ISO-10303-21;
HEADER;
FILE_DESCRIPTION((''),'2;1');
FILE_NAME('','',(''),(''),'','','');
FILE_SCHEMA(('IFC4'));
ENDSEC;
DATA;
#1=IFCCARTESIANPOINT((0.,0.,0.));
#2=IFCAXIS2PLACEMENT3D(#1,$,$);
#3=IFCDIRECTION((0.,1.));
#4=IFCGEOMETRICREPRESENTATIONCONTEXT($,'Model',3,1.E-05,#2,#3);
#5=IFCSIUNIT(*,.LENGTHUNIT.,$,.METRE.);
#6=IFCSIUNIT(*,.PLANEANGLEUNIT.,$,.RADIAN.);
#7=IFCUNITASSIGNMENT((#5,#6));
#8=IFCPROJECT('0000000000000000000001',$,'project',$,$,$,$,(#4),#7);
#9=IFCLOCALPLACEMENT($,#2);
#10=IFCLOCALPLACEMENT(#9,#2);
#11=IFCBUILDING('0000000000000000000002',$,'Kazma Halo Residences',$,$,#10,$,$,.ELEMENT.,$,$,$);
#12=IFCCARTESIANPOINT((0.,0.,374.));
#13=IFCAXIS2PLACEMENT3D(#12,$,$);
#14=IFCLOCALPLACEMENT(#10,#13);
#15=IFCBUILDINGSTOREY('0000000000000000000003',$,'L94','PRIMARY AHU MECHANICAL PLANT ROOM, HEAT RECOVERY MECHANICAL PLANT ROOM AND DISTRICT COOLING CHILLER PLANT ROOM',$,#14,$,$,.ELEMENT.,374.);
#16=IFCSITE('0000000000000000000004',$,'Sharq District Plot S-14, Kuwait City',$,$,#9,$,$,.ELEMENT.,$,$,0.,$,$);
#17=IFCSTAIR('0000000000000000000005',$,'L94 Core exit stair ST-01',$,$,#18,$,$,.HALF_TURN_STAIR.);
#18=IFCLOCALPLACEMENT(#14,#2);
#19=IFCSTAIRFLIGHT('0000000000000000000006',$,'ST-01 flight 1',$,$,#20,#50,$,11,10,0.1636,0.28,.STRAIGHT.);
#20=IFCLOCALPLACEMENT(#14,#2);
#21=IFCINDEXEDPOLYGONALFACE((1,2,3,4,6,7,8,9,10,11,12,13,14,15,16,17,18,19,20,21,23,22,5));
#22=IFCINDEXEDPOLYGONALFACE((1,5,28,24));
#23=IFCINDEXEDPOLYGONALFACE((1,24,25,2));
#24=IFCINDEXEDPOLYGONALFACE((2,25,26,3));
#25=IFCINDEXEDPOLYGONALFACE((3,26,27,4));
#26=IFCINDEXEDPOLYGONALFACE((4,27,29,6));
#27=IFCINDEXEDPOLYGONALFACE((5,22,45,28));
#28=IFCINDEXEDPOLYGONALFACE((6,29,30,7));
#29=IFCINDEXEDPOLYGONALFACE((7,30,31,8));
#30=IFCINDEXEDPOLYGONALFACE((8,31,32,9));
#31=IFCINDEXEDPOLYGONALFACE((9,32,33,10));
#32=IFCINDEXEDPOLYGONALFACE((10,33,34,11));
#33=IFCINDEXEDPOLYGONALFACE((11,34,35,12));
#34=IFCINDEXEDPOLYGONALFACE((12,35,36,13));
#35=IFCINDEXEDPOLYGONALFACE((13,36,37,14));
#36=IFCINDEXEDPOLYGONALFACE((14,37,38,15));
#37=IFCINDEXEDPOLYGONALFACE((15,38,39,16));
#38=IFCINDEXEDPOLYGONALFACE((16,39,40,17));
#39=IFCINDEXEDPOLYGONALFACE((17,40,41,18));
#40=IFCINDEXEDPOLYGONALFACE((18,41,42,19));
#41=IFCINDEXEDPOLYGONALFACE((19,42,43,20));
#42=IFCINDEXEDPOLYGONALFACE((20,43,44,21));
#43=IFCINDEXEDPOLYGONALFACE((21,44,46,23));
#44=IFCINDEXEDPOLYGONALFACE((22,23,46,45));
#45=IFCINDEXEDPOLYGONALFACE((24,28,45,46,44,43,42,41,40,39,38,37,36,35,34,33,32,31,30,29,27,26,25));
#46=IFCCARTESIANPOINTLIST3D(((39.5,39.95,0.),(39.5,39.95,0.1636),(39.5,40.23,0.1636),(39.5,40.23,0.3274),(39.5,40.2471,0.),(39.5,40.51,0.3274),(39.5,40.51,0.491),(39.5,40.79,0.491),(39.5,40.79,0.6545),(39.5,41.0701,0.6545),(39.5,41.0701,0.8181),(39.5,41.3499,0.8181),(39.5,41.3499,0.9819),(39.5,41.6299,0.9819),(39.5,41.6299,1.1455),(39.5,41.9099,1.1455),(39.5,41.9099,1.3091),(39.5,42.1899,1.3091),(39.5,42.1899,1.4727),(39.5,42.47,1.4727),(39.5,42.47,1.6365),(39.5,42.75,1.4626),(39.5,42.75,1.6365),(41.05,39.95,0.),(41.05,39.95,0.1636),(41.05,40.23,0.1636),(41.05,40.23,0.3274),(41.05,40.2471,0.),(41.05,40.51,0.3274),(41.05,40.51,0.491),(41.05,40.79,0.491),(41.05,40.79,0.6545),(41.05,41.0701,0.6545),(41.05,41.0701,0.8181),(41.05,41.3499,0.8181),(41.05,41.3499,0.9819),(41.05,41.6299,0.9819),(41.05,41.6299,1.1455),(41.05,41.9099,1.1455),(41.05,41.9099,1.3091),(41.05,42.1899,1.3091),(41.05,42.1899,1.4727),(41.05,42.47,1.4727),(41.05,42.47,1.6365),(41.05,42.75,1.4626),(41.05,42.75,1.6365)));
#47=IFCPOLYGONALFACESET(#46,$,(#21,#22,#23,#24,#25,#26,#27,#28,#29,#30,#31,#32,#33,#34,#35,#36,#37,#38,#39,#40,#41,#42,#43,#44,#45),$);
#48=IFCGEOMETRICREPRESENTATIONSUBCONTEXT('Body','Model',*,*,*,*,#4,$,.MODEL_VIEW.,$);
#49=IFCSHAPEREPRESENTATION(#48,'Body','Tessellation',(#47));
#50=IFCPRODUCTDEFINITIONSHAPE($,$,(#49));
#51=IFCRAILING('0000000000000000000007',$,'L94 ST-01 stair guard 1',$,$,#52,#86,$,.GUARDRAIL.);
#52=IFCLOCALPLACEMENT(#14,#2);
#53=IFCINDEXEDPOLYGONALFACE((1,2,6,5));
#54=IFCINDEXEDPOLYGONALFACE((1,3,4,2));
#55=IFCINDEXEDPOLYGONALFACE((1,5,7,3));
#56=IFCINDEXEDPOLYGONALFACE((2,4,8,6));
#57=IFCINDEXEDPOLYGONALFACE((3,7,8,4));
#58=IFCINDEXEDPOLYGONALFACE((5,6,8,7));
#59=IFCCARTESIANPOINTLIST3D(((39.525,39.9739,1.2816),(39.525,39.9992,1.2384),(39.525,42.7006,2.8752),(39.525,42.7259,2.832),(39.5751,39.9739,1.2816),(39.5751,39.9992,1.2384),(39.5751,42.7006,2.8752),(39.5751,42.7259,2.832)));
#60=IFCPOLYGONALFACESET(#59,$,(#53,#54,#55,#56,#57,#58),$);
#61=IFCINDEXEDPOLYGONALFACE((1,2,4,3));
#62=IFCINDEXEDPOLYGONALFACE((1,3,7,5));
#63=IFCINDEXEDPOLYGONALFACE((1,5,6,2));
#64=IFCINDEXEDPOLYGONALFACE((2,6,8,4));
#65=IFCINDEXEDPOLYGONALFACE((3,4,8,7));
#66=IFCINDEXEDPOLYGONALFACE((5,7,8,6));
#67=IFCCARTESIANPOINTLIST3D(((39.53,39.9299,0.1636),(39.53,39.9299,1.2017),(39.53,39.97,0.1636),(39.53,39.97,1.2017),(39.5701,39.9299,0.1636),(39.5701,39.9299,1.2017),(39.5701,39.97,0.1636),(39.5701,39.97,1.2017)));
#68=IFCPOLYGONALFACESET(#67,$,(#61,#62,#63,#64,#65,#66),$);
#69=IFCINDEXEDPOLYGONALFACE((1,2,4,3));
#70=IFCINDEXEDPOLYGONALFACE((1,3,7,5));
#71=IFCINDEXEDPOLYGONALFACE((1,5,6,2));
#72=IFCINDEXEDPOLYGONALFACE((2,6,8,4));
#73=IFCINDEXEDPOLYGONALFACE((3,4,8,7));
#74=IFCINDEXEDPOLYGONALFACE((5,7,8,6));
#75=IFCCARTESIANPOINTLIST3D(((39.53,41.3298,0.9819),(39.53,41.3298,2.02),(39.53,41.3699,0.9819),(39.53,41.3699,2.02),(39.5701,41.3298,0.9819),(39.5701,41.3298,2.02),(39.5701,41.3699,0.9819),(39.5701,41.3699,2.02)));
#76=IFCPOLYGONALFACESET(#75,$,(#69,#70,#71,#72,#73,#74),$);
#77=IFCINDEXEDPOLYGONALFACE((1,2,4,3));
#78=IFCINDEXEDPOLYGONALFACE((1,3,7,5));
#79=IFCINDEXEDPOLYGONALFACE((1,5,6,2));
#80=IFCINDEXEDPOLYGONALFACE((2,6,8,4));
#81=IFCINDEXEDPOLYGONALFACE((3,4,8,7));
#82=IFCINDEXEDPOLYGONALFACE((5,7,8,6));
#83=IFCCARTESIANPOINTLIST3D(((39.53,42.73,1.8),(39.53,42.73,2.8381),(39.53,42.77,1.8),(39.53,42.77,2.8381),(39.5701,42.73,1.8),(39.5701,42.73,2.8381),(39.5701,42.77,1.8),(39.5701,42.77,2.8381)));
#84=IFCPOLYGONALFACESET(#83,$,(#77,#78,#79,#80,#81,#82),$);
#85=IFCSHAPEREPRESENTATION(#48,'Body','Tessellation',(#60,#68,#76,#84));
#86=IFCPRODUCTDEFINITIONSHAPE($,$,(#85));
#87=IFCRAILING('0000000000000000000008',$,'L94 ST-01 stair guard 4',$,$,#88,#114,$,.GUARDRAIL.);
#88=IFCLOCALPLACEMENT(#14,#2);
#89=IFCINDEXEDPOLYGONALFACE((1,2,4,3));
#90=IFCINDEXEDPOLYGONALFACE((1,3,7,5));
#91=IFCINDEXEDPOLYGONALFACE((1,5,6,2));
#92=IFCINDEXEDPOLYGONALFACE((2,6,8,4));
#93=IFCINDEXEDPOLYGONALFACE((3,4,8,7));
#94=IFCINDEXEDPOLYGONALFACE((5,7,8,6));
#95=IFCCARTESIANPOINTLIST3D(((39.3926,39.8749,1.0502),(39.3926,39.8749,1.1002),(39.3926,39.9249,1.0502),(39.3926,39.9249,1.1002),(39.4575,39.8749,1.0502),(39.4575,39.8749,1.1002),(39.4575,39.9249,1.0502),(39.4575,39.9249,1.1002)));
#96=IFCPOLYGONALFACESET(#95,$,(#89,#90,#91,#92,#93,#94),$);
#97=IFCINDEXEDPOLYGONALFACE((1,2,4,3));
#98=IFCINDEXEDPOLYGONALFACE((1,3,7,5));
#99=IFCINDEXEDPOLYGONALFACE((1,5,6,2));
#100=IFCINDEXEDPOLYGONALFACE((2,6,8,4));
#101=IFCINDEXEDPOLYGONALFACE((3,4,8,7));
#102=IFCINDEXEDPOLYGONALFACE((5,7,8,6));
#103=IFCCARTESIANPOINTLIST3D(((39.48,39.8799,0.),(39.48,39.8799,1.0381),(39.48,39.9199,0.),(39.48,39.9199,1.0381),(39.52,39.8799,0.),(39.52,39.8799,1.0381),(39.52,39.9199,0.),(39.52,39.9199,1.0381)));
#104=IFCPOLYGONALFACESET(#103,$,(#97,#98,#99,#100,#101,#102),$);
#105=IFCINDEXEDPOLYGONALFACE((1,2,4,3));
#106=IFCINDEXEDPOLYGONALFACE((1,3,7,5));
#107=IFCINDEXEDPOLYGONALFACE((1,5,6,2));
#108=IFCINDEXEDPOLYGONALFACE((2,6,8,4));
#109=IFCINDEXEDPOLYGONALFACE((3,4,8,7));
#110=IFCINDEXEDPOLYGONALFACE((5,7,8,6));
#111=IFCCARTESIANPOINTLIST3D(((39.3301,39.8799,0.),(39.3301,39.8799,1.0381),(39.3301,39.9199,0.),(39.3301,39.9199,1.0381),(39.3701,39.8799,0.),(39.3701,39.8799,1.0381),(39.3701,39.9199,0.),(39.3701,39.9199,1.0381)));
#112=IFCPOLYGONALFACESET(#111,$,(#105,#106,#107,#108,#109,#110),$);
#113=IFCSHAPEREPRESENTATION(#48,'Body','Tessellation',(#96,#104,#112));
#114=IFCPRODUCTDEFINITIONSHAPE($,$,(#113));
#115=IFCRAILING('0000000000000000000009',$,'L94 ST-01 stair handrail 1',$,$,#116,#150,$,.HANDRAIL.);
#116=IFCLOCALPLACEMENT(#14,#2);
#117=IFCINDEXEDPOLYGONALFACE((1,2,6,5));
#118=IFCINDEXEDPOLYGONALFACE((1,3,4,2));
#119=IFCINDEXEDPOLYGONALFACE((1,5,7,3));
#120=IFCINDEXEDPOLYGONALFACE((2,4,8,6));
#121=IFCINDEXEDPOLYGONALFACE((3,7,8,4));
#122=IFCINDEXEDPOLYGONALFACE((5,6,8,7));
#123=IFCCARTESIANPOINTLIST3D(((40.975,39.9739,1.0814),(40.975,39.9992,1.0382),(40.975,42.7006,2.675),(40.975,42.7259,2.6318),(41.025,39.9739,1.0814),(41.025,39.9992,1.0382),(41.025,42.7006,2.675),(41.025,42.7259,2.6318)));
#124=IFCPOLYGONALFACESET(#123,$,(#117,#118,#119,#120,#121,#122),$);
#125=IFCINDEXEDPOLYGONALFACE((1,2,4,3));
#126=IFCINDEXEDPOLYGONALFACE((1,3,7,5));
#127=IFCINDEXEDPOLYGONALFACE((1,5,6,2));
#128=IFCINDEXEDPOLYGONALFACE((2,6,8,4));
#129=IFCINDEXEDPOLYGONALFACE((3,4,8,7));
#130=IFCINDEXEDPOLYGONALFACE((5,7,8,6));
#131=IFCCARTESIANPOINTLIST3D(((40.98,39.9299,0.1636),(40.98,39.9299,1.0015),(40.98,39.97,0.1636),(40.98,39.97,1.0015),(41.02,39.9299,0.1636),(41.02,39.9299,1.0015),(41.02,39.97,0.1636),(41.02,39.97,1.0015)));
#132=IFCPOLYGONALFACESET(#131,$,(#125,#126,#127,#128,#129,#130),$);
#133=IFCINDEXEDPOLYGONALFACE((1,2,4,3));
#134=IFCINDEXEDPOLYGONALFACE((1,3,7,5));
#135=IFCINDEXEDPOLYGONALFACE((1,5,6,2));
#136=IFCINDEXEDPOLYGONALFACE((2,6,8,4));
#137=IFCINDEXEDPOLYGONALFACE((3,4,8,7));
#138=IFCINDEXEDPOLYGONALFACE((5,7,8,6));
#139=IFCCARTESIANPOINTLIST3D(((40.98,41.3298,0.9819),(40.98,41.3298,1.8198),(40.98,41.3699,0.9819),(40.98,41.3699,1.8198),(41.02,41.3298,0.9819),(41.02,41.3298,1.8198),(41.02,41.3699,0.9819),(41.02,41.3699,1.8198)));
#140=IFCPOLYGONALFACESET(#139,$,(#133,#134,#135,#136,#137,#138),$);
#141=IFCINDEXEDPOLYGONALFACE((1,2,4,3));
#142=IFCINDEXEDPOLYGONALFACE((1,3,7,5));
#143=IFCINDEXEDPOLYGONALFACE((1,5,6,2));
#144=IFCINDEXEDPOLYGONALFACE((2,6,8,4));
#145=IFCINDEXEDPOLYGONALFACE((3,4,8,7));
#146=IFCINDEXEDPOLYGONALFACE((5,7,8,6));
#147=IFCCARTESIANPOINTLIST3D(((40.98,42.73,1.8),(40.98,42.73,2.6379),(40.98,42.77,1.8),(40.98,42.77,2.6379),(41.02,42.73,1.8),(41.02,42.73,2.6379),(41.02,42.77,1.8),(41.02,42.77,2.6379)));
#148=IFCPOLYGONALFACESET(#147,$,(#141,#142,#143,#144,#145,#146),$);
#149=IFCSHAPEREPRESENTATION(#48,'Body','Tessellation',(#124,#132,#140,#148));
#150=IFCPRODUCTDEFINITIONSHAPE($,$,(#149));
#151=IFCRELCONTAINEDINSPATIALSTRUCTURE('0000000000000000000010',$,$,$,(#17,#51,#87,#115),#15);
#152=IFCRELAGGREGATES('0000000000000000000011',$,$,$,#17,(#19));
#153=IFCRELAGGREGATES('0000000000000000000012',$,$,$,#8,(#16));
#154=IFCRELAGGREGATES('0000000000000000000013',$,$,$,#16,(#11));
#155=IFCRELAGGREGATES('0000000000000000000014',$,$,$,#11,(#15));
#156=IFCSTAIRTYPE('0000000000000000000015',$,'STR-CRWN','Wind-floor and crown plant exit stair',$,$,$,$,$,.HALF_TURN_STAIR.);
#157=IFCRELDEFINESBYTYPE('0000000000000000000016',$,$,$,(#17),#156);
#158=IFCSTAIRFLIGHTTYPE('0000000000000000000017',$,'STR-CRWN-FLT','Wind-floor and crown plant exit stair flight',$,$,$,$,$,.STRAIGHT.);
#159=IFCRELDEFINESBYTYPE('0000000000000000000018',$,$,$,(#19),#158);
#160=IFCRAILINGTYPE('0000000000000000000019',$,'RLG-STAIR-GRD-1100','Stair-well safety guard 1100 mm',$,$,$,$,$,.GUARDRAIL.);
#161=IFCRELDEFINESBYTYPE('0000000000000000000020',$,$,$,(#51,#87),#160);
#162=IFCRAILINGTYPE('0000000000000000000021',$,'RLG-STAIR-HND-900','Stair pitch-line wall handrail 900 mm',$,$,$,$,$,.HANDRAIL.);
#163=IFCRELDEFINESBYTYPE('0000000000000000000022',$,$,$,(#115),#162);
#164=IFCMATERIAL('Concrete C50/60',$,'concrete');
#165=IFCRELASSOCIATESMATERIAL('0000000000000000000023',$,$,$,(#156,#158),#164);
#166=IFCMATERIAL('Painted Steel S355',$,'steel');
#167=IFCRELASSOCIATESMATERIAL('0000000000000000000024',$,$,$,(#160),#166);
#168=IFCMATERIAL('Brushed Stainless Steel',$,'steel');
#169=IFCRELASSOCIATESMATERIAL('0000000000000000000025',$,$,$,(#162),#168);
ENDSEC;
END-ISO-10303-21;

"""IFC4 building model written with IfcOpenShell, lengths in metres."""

from ifc_helpers import new_model, si_unit, direction, frame, origin, origin_2d, place, context, subcontext, project, spatial, polyline, rectangle, outline, extrude, material, type_object, element, aggregate, save


model = new_model("IFC4")

# Units and contexts
model_context = context("Model", 3, precision=1e-05, world=origin(), true_north=direction((0.0, 1.0)))
body_context = subcontext(model_context, "Body", "Model", "MODEL_VIEW")
ifc_project = project(units=[si_unit("LENGTHUNIT", "METRE"), si_unit("PLANEANGLEUNIT", "RADIAN")], contexts=[model_context])

# Site, building, storey
site_placement = place(None, origin())
site = spatial("IfcSite", under=ifc_project, at=site_placement, Name="Sharq District Plot S-14, Kuwait City", CompositionType="ELEMENT", RefElevation=0.0)
building_placement = place(site_placement, origin())
building = spatial("IfcBuilding", under=site, at=building_placement, Name="Kazma Halo Residences", CompositionType="ELEMENT")
storey_placement = place(building_placement, frame((0.0, 0.0, 374.0)))
storey = spatial("IfcBuildingStorey", under=building, at=storey_placement, Name="L94", Description="PRIMARY AHU MECHANICAL PLANT ROOM, HEAT RECOVERY MECHANICAL PLANT ROOM AND DISTRICT COOLING CHILLER PLANT ROOM", CompositionType="ELEMENT", Elevation=374.0)

# Shared definitions
ifc_material_1 = material(Name="Concrete C50/60", Category="concrete")

# Stair, stair flight
stair_type = type_object("IfcStairType", Name="STR-CRWN", Description="Wind-floor and crown plant exit stair", PredefinedType="HALF_TURN_STAIR", material=ifc_material_1)
stair_placement = place(storey_placement, origin())
stair = element("IfcStair", 1, at=stair_placement, inside=storey, type_object=stair_type, Name="L94 Core exit stair ST-01", PredefinedType="HALF_TURN_STAIR")
stair_flight_type = type_object("IfcStairFlightType", Name="STR-CRWN-FLT", Description="Wind-floor and crown plant exit stair flight", PredefinedType="STRAIGHT", material=ifc_material_1)
stair_flight_placement = place(storey_placement, frame((40.2749, 39.95, 0.0), z_axis=(0.0, 0.0, 1.0), x_axis=(0.0, 1.0, 0.0)))
stair_flight = element("IfcStairFlight", 2, at=stair_flight_placement, type_object=stair_flight_type, Name="ST-01 flight 1", NumberOfRisers=11, NumberOfTreads=10, PredefinedType="STRAIGHT", RiserHeight=0.1636, TreadLength=0.28, context=body_context, shape_type="SweptSolid", body=[
    extrude(outline(polyline([(0.0, 0.0), (0.0, 0.1636), (0.28, 0.1636), (0.28, 0.3274), (0.5601, 0.3274), (0.5601, 0.491), (0.8401, 0.491), (0.8401, 0.6545), (1.1201, 0.6545), (1.1201, 0.8181), (1.3999, 0.8181), (1.3999, 0.9819), (1.6799, 0.9819), (1.6799, 1.1455), (1.96, 1.1455), (1.96, 1.3091), (2.24, 1.3091), (2.24, 1.4727), (2.52, 1.4727), (2.52, 1.6365), (2.8, 1.6365), (2.8, 1.8), (2.8, 1.4626), (0.2971, 0.0), (0.0, 0.0)])), frame((0.0, 0.7749, 0.0), z_axis=(0.0, -1.0, 0.0), x_axis=(1.0, 0.0, 0.0)), (0.0, 0.0, 1.0), 1.55),
])
aggregate(stair, [stair_flight])

# Railings
ifc_material_2 = material(Name="Painted Steel S355", Category="steel")
railing_type_1 = type_object("IfcRailingType", Name="RLG-STAIR-GRD-1100", Description="Stair-well safety guard 1100 mm", PredefinedType="GUARDRAIL", material=ifc_material_2)
railing_1_placement = place(storey_placement, frame((39.55, 39.95, 0.1636)))
element("IfcRailing", 3, at=railing_1_placement, inside=storey, type_object=railing_type_1, Name="L94 ST-01 stair guard 1", PredefinedType="GUARDRAIL", context=body_context, shape_type="SweptSolid", body=[
    extrude(rectangle(XDim=0.05, YDim=0.05, at=origin_2d()), frame((0.0, 0.0366, 1.0964), z_axis=(0.0, 0.863361, 0.504587), x_axis=(-1.0, 0.0, 0.0)), (0.0, 0.0, 1.0), 3.1582),
    extrude(rectangle(XDim=0.04, YDim=0.04, at=origin_2d()), origin(), (0.0, 0.0, 1.0), 1.0381),
    extrude(rectangle(XDim=0.04, YDim=0.04, at=origin_2d()), frame((0.0, 1.3999, 0.8184)), (0.0, 0.0, 1.0), 1.0381),
    extrude(rectangle(XDim=0.04, YDim=0.04, at=origin_2d()), frame((0.0, 2.8, 1.6365)), (0.0, 0.0, 1.0), 1.0381),
])
railing_2_placement = place(storey_placement, frame((39.5, 39.8999, 0.0)))
element("IfcRailing", 4, at=railing_2_placement, inside=storey, type_object=railing_type_1, Name="L94 ST-01 stair guard 4", PredefinedType="GUARDRAIL", context=body_context, shape_type="SweptSolid", body=[
    extrude(rectangle(XDim=0.05, YDim=0.05, at=origin_2d()), frame((-0.0425, 0.0, 1.0752), z_axis=(-1.0, 0.0, 0.0), x_axis=(0.0, -1.0, 0.0)), (0.0, 0.0, 1.0), 0.0649),
    extrude(rectangle(XDim=0.04, YDim=0.04, at=origin_2d()), origin(), (0.0, 0.0, 1.0), 1.0381),
    extrude(rectangle(XDim=0.04, YDim=0.04, at=origin_2d()), frame((-0.1499, 0.0, 0.0)), (0.0, 0.0, 1.0), 1.0381),
])
ifc_material_3 = material(Name="Brushed Stainless Steel", Category="steel")
railing_type_2 = type_object("IfcRailingType", Name="RLG-STAIR-HND-900", Description="Stair pitch-line wall handrail 900 mm", PredefinedType="HANDRAIL", material=ifc_material_3)
railing_3_placement = place(storey_placement, frame((41.0, 39.95, 0.1636)))
element("IfcRailing", 5, at=railing_3_placement, inside=storey, type_object=railing_type_2, Name="L94 ST-01 stair handrail 1", PredefinedType="HANDRAIL", context=body_context, shape_type="SweptSolid", body=[
    extrude(rectangle(XDim=0.05, YDim=0.05, at=origin_2d()), frame((0.0, 0.0366, 0.8962), z_axis=(0.0, 0.863361, 0.504587), x_axis=(-1.0, 0.0, 0.0)), (0.0, 0.0, 1.0), 3.1582),
    extrude(rectangle(XDim=0.04, YDim=0.04, at=origin_2d()), origin(), (0.0, 0.0, 1.0), 0.8379),
    extrude(rectangle(XDim=0.04, YDim=0.04, at=origin_2d()), frame((0.0, 1.3999, 0.8184)), (0.0, 0.0, 1.0), 0.8379),
    extrude(rectangle(XDim=0.04, YDim=0.04, at=origin_2d()), frame((0.0, 2.8, 1.6365)), (0.0, 0.0, 1.0), 0.8379),
])

save(model, "model.ifc")
